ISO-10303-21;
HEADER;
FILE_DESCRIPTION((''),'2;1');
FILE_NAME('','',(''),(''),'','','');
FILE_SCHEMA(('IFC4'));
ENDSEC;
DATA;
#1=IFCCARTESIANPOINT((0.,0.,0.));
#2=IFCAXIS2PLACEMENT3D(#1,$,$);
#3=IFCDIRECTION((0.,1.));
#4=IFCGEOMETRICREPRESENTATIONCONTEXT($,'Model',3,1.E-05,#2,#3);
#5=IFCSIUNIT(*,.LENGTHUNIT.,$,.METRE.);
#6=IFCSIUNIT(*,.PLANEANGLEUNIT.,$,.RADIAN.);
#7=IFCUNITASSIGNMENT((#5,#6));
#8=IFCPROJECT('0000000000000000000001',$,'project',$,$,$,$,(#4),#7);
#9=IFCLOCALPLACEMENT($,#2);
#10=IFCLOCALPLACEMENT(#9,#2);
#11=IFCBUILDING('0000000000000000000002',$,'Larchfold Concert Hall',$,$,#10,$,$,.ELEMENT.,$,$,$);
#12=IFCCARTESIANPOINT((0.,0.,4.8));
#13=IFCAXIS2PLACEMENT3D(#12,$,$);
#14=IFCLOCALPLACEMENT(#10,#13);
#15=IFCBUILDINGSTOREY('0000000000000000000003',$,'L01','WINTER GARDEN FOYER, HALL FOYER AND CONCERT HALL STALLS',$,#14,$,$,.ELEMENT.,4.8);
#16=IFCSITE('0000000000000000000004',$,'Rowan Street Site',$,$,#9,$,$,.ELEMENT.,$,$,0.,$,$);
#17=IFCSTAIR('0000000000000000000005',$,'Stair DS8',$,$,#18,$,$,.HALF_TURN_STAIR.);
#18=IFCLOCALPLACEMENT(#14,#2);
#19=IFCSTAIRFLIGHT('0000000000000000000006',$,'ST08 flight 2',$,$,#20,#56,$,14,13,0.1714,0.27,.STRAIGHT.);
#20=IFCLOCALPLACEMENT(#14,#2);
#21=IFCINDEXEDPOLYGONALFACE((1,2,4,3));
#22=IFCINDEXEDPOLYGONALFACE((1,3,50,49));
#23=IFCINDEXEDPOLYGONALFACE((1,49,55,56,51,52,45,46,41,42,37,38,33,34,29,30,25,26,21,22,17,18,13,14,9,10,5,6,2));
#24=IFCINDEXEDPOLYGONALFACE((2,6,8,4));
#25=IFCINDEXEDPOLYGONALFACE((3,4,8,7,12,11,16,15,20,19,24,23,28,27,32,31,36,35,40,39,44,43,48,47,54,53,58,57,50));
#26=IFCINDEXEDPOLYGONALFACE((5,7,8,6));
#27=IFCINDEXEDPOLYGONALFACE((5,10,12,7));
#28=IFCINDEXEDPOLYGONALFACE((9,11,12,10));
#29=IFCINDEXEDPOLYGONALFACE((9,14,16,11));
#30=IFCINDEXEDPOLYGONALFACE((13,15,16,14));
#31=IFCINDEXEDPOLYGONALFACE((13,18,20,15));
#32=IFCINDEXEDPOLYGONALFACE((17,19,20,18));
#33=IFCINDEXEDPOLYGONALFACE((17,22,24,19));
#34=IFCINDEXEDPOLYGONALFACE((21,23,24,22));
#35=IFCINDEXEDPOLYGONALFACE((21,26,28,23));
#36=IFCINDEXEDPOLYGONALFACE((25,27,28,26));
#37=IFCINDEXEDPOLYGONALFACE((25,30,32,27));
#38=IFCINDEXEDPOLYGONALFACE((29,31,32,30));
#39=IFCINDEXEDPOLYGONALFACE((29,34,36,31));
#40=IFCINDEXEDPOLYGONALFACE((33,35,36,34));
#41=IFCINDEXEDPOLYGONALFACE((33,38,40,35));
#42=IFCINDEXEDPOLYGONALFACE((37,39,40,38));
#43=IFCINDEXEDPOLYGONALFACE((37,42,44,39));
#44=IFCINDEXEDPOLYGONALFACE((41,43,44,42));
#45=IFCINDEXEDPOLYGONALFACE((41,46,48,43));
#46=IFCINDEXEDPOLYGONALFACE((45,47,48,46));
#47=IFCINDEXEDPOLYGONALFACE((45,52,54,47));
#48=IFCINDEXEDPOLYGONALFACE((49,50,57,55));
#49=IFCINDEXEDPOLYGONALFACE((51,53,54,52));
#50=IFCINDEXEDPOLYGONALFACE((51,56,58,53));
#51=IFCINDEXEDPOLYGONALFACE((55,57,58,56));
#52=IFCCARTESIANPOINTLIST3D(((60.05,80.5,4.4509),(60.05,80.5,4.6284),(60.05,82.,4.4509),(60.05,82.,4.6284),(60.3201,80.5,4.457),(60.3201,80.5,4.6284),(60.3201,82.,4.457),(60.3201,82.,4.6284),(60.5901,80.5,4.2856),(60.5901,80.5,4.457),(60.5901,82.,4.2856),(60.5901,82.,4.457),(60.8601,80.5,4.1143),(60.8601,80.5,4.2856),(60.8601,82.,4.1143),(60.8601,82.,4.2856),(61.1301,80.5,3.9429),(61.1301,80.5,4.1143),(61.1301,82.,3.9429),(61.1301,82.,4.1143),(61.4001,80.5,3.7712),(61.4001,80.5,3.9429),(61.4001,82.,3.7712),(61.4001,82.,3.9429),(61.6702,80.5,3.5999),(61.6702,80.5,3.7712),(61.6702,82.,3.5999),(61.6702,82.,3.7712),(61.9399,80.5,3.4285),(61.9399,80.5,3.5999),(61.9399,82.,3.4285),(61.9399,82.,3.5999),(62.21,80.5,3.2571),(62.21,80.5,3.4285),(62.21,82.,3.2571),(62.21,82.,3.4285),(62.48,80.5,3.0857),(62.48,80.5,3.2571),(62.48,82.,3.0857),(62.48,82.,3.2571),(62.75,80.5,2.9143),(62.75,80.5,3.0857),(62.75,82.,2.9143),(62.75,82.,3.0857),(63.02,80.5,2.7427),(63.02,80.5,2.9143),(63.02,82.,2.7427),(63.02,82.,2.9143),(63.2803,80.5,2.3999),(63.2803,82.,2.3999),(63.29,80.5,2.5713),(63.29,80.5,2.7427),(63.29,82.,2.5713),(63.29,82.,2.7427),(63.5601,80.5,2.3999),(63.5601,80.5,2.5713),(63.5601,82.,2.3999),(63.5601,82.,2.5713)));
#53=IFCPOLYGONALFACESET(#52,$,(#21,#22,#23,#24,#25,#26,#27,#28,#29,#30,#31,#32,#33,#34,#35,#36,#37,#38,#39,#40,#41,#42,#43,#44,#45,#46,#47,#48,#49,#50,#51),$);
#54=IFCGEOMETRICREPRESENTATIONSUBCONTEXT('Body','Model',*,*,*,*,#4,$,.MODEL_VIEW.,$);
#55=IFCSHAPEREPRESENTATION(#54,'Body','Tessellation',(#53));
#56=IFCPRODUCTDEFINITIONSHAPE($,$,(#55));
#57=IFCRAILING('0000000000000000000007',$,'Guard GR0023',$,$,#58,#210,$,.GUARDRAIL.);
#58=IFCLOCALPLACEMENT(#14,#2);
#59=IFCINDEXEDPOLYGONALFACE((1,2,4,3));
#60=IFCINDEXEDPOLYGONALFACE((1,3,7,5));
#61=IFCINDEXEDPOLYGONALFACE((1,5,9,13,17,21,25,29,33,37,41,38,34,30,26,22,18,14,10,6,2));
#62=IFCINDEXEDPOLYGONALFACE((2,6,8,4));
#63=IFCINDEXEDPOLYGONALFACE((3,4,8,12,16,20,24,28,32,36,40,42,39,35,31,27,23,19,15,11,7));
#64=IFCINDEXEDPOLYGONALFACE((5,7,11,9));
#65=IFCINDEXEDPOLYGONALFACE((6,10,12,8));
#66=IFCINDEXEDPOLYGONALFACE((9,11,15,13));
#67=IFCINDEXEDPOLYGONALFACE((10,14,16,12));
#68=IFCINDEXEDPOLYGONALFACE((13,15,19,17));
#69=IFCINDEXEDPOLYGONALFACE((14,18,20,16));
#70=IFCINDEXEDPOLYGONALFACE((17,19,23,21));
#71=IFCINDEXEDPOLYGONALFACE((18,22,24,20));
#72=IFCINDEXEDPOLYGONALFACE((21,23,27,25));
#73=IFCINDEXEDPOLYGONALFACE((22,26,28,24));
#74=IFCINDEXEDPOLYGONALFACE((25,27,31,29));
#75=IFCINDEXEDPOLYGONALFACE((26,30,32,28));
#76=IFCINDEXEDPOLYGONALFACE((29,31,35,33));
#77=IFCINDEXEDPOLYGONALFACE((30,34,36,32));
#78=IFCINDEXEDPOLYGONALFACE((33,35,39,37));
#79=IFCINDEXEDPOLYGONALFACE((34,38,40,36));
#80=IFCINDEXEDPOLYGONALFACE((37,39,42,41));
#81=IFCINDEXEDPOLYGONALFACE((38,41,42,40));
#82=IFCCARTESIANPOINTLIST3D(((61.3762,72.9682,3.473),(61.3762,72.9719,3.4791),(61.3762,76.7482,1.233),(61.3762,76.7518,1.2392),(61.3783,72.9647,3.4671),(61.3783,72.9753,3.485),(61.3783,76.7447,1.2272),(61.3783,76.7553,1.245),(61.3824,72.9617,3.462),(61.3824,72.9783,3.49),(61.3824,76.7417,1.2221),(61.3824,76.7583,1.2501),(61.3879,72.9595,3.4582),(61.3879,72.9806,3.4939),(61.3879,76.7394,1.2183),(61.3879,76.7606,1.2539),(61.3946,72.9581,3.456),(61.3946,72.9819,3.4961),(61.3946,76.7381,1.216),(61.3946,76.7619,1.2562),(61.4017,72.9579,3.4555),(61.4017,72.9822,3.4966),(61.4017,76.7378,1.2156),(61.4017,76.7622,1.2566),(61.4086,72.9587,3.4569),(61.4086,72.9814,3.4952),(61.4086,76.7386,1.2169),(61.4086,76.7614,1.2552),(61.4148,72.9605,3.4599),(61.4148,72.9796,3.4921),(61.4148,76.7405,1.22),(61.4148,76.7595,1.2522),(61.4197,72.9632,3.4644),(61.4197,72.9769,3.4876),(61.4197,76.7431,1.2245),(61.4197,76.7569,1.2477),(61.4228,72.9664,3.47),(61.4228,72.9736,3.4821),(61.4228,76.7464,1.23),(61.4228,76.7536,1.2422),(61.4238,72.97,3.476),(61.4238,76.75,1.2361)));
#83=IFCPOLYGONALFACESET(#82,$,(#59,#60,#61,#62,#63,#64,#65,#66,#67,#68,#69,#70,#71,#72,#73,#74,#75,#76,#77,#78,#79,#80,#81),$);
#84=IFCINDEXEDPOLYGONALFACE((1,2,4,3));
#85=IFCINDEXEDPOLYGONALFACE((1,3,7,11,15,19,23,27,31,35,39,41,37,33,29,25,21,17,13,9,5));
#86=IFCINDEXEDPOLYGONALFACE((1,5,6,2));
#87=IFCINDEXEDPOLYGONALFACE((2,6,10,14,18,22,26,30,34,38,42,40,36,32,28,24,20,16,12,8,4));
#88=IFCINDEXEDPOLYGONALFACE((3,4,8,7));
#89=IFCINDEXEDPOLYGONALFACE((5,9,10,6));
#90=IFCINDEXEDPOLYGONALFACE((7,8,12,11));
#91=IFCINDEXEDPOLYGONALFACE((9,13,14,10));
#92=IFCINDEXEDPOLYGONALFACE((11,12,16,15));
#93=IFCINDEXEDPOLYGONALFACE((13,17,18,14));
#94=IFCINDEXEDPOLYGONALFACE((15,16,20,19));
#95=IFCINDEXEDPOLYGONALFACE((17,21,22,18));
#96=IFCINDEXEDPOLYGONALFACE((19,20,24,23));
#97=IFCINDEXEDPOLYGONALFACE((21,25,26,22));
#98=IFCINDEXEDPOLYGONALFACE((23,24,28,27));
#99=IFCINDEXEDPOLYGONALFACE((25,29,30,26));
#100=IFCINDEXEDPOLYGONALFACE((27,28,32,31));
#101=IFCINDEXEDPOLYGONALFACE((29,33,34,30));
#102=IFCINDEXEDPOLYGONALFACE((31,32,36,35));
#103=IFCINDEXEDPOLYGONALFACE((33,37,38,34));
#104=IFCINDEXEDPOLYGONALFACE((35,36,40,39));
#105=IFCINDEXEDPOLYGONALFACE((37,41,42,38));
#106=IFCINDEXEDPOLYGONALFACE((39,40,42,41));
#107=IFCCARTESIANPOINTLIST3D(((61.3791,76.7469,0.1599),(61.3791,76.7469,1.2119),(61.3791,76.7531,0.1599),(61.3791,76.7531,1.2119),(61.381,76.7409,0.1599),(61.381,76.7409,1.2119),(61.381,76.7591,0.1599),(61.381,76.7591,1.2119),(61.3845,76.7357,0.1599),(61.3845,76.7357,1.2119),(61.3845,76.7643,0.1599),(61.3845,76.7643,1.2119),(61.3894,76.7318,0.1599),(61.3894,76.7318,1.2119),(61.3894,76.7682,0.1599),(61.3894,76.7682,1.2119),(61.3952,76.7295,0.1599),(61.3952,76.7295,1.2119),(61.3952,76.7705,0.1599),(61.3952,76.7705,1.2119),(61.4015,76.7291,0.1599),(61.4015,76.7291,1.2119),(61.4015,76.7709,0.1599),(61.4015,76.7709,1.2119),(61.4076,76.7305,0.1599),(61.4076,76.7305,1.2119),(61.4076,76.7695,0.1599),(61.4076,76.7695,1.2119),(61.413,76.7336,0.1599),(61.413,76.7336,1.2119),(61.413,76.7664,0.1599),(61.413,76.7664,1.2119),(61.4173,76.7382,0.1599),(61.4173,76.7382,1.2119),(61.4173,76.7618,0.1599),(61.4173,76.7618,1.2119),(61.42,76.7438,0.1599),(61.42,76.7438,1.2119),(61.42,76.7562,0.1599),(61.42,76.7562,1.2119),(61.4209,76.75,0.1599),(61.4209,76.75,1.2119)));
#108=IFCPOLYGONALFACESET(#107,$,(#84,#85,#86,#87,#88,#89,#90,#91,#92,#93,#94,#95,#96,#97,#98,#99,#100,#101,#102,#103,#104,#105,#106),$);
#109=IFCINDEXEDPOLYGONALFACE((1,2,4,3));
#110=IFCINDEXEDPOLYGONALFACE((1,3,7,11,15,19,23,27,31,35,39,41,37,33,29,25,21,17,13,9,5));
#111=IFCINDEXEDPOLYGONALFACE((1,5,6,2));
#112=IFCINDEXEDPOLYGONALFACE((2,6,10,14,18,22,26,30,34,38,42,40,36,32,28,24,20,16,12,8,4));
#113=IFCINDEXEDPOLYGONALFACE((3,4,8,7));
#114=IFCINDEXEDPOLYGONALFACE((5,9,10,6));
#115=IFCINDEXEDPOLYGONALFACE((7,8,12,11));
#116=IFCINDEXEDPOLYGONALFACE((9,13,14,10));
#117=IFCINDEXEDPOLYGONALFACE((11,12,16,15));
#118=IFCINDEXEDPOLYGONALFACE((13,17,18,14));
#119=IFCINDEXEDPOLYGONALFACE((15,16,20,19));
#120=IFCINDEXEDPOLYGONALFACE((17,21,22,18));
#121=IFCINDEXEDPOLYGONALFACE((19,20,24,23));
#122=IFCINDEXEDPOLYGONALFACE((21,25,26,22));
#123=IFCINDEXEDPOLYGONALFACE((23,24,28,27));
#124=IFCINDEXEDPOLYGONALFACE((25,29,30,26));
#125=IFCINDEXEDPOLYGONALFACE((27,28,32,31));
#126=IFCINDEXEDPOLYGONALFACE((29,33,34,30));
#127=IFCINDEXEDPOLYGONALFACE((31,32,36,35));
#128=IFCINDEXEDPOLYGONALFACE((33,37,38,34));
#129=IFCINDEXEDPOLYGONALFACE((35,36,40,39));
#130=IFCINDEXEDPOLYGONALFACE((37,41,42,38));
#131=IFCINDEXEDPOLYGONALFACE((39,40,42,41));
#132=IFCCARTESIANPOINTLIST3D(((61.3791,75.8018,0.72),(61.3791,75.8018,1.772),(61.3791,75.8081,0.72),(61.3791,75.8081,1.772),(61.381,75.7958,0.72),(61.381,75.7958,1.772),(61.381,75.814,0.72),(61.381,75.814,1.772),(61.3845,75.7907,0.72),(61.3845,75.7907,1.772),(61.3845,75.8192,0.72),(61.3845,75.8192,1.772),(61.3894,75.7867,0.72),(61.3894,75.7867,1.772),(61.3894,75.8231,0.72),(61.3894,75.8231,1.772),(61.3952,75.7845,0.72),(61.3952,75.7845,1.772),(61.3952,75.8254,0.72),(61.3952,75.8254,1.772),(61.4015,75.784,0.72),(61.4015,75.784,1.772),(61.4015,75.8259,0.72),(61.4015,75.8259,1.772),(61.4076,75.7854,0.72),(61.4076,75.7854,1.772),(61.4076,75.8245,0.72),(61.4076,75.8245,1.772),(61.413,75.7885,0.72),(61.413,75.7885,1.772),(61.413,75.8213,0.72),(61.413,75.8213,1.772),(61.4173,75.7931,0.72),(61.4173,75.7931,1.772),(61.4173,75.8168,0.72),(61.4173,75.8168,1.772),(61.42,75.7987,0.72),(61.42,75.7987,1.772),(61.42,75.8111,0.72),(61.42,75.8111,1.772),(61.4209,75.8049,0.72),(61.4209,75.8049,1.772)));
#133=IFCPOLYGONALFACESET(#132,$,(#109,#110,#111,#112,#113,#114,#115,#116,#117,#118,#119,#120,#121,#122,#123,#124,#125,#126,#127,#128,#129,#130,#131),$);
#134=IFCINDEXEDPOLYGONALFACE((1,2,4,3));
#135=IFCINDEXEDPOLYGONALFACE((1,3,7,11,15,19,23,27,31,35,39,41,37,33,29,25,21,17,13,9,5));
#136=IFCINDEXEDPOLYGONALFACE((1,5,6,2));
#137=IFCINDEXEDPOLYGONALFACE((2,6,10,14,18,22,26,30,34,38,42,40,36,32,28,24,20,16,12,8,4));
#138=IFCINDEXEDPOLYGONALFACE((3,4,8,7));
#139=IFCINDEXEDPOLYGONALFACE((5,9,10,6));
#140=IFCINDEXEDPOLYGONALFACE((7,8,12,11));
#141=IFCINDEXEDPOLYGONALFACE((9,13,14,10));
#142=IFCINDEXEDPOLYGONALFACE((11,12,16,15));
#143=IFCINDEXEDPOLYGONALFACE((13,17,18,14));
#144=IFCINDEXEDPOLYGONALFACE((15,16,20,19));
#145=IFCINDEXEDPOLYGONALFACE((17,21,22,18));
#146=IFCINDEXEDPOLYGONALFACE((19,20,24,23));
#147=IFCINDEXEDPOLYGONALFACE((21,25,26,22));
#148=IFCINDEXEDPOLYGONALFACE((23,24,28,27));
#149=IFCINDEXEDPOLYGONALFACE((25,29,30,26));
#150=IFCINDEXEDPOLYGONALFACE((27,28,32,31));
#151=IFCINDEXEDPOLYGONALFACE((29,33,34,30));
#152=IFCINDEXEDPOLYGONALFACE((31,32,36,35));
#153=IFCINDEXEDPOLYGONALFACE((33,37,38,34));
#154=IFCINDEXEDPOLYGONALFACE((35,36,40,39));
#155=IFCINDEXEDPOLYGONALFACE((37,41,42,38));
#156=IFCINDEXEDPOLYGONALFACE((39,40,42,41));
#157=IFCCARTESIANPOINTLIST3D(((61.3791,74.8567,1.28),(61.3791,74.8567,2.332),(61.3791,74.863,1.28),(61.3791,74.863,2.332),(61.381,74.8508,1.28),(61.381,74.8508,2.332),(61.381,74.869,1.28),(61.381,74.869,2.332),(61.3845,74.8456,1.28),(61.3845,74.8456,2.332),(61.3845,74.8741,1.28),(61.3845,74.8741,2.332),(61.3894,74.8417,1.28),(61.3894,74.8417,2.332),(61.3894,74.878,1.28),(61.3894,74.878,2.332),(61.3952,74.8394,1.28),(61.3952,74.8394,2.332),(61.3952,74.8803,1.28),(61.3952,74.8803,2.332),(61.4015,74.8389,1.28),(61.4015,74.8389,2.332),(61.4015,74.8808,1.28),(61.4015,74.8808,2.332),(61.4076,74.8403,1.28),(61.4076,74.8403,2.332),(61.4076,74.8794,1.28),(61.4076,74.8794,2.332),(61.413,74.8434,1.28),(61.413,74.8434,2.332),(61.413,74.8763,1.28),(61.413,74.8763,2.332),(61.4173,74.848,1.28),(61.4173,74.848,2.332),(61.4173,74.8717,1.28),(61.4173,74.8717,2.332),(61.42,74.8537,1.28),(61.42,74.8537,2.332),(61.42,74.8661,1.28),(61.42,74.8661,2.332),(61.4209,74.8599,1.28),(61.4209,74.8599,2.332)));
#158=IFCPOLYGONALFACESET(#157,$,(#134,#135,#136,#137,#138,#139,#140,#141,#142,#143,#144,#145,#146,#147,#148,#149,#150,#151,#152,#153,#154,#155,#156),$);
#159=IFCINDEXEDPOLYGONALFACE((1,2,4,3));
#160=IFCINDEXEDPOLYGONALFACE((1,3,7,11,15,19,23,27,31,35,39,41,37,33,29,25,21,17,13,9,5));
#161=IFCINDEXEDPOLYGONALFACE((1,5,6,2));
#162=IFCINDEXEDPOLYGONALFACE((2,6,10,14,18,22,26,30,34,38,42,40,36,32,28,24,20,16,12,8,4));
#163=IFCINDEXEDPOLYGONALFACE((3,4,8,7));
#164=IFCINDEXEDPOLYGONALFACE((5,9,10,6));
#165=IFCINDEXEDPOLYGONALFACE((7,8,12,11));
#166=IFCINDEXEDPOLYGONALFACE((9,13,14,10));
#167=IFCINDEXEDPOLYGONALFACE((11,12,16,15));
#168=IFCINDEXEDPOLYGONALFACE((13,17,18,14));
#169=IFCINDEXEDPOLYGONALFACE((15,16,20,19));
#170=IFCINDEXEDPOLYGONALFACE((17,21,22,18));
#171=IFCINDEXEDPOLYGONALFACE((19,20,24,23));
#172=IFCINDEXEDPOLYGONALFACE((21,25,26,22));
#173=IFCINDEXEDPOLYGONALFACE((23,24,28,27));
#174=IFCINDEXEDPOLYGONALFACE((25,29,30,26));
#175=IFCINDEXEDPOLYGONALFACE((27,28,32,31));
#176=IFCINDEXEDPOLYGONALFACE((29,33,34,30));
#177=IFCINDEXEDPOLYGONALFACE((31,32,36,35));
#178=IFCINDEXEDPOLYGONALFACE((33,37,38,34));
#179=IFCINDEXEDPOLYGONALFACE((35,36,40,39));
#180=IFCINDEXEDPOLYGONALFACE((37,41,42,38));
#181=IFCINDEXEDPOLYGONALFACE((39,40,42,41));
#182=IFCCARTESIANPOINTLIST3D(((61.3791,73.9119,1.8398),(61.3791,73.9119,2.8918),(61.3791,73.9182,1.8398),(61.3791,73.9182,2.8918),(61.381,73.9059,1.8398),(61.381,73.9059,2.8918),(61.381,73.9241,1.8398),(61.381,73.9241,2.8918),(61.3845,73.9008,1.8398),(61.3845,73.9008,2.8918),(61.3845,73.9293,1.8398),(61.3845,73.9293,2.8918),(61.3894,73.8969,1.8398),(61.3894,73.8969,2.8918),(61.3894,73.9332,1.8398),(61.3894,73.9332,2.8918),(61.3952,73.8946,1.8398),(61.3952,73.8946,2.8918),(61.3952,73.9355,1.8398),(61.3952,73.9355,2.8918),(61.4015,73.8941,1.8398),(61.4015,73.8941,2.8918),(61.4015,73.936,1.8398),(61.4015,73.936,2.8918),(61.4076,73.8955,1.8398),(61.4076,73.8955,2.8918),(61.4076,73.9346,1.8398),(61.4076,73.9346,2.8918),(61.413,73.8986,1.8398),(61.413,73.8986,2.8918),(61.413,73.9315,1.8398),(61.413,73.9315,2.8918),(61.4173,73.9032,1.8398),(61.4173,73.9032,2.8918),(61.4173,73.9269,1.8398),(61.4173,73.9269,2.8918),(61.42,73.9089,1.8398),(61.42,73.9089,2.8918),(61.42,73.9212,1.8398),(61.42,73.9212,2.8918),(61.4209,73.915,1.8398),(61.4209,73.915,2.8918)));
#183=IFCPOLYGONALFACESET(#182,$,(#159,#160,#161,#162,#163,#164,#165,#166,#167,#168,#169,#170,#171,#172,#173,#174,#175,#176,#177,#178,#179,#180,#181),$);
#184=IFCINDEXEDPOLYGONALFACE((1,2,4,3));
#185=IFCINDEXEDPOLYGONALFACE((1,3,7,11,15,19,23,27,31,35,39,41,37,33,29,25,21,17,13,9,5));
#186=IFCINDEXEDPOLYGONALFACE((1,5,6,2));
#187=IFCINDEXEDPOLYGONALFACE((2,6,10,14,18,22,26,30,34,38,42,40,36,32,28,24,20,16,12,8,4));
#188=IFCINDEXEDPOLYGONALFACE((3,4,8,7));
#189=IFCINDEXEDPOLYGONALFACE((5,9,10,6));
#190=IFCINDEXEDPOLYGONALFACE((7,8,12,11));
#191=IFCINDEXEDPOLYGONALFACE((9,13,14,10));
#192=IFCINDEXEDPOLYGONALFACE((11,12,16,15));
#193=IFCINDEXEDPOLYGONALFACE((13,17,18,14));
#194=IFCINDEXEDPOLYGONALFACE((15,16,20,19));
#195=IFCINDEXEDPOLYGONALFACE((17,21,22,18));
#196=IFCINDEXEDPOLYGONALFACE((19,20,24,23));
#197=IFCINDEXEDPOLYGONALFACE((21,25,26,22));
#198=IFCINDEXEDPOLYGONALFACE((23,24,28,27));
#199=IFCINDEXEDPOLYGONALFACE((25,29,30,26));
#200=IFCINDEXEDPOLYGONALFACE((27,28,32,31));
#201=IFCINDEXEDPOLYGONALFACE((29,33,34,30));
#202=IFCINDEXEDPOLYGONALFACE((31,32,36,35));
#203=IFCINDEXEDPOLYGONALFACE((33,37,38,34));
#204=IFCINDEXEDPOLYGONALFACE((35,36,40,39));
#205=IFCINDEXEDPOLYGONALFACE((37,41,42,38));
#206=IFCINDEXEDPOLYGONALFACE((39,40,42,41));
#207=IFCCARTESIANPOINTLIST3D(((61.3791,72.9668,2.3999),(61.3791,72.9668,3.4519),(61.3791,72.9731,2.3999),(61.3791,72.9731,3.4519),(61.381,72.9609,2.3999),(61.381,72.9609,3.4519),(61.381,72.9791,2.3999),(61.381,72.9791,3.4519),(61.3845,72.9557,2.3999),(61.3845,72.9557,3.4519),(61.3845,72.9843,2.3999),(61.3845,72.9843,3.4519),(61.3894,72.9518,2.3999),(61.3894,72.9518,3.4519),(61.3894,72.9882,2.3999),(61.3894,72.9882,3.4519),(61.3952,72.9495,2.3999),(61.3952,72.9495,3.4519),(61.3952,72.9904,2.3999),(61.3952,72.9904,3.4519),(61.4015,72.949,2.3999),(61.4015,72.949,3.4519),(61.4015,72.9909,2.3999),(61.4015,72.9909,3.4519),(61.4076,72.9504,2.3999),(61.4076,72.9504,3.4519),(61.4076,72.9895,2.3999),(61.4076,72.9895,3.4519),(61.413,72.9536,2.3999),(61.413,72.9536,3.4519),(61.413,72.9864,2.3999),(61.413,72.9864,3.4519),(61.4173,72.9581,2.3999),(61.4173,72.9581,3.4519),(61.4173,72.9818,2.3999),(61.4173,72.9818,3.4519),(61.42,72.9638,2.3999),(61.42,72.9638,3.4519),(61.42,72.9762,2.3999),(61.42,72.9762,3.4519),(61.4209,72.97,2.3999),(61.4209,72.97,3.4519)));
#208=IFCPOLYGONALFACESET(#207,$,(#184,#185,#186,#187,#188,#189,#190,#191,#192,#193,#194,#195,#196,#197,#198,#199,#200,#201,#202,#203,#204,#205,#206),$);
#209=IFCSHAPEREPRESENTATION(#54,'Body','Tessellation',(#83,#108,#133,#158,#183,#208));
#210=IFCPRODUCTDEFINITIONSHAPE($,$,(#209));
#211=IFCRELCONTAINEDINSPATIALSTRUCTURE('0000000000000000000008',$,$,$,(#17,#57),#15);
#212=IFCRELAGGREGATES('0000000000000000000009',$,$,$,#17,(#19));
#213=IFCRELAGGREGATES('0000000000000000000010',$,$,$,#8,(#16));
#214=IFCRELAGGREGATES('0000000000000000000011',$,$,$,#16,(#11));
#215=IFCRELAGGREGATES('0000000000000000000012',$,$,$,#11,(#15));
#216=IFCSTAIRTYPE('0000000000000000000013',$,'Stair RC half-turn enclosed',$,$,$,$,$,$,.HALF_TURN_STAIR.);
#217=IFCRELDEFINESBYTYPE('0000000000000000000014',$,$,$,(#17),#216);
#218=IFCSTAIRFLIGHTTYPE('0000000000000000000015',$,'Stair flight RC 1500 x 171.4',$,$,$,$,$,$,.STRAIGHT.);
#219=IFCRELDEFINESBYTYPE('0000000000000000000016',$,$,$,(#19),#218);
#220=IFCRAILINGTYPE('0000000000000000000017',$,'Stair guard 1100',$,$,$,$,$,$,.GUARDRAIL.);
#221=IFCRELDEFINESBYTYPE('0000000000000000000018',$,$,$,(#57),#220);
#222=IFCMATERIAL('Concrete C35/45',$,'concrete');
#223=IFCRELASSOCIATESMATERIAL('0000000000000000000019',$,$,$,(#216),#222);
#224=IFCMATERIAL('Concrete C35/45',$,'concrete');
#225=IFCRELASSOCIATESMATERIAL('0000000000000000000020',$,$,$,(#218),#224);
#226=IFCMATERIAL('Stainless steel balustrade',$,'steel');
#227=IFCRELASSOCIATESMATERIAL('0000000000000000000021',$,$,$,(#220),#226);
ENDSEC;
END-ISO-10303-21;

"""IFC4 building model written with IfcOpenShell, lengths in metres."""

from ifc_helpers import new_model, si_unit, direction, frame, origin, origin_2d, place, context, subcontext, project, spatial, polyline, circle, outline, extrude, material, type_object, element, aggregate, save


model = new_model("IFC4")

# Units and contexts
model_context = context("Model", 3, precision=1e-05, world=origin(), true_north=direction((0.0, 1.0)))
body_context = subcontext(model_context, "Body", "Model", "MODEL_VIEW")
ifc_project = project(units=[si_unit("LENGTHUNIT", "METRE"), si_unit("PLANEANGLEUNIT", "RADIAN")], contexts=[model_context])

# Site, building, storey
site_placement = place(None, origin())
site = spatial("IfcSite", under=ifc_project, at=site_placement, Name="Rowan Street Site", CompositionType="ELEMENT", RefElevation=0.0)
building_placement = place(site_placement, origin())
building = spatial("IfcBuilding", under=site, at=building_placement, Name="Larchfold Concert Hall", CompositionType="ELEMENT")
storey_placement = place(building_placement, frame((0.0, 0.0, 4.8)))
storey = spatial("IfcBuildingStorey", under=building, at=storey_placement, Name="L01", Description="WINTER GARDEN FOYER, HALL FOYER AND CONCERT HALL STALLS", CompositionType="ELEMENT", Elevation=4.8)

# Shared definitions
ifc_material_1 = material(Name="Concrete C35/45", Category="concrete")
stair_type = type_object("IfcStairType", Name="Stair RC half-turn enclosed", PredefinedType="HALF_TURN_STAIR", material=ifc_material_1)

# Stair, stair flight
stair_1_placement = place(storey_placement, origin())
stair_1 = element("IfcStair", 1, at=stair_1_placement, inside=storey, type_object=stair_type, Name="Stair DS8", PredefinedType="HALF_TURN_STAIR")
ifc_material_2 = material(Name="Concrete C35/45", Category="concrete")
stair_flight_type_1 = type_object("IfcStairFlightType", Name="Stair flight RC 1500 x 171.4", PredefinedType="STRAIGHT", material=ifc_material_2)
stair_flight_1_placement = place(storey_placement, frame((63.5601, 81.25, 2.3999), z_axis=(0.0, 0.0, 1.0), x_axis=(-1.0, 0.0, 0.0)))
stair_flight_1 = element("IfcStairFlight", 2, at=stair_flight_1_placement, type_object=stair_flight_type_1, Name="ST08 flight 2", NumberOfRisers=14, NumberOfTreads=13, PredefinedType="STRAIGHT", RiserHeight=0.1714, TreadLength=0.27, context=body_context, shape_type="SweptSolid", body=[
    extrude(outline(polyline([(0.0, 0.0), (0.0, 0.1714), (0.27, 0.1714), (0.27, 0.3428), (0.54, 0.3428), (0.54, 0.5144), (0.8101, 0.5144), (0.8101, 0.6858), (1.0801, 0.6858), (1.0801, 0.8572), (1.3501, 0.8572), (1.3501, 1.0286), (1.6201, 1.0286), (1.6201, 1.2), (1.8899, 1.2), (1.8899, 1.3713), (2.1599, 1.3713), (2.1599, 1.543), (2.4299, 1.543), (2.4299, 1.7144), (2.7, 1.7144), (2.7, 1.8857), (2.97, 1.8857), (2.97, 2.0571), (3.24, 2.0571), (3.24, 2.2285), (3.51, 2.2285), (3.51, 2.3999), (3.51, 2.051), (0.2798, 0.0), (0.0, 0.0)])), frame((0.0, 0.75, 0.0), z_axis=(0.0, -1.0, 0.0), x_axis=(1.0, 0.0, 0.0)), (0.0, 0.0, 1.0), 1.5),
])
aggregate(stair_1, [stair_flight_1])

# Railing
ifc_material_3 = material(Name="Stainless steel balustrade", Category="steel")
railing_type_1 = type_object("IfcRailingType", Name="Stair guard 1100", PredefinedType="GUARDRAIL", material=ifc_material_3)
railing_1_placement = place(storey_placement, frame((61.3999, 76.75, 0.1599)))
element("IfcRailing", 3, at=railing_1_placement, inside=storey, type_object=railing_type_1, Name="Guard GR0023", PredefinedType="GUARDRAIL", context=body_context, shape_type="SweptSolid", body=[
    extrude(circle(Radius=0.0239, at=origin_2d()), frame((0.0, 0.0, 1.0762), z_axis=(0.0, -0.860294, 0.509798), x_axis=(1.0, 0.0, 0.0)), (0.0, 0.0, 1.0), 4.3938),
    extrude(circle(Radius=0.021, at=origin_2d()), origin(), (0.0, 0.0, 1.0), 1.052),
    extrude(circle(Radius=0.021, at=origin_2d()), frame((0.0, -0.9451, 0.5601)), (0.0, 0.0, 1.0), 1.052),
    extrude(circle(Radius=0.021, at=origin_2d()), frame((0.0, -1.8901, 1.1201)), (0.0, 0.0, 1.0), 1.052),
    extrude(circle(Radius=0.021, at=origin_2d()), frame((0.0, -2.835, 1.6799)), (0.0, 0.0, 1.0), 1.052),
    extrude(circle(Radius=0.021, at=origin_2d()), frame((0.0, -3.78, 2.24)), (0.0, 0.0, 1.0), 1.052),
])

save(model, "model.ifc")
